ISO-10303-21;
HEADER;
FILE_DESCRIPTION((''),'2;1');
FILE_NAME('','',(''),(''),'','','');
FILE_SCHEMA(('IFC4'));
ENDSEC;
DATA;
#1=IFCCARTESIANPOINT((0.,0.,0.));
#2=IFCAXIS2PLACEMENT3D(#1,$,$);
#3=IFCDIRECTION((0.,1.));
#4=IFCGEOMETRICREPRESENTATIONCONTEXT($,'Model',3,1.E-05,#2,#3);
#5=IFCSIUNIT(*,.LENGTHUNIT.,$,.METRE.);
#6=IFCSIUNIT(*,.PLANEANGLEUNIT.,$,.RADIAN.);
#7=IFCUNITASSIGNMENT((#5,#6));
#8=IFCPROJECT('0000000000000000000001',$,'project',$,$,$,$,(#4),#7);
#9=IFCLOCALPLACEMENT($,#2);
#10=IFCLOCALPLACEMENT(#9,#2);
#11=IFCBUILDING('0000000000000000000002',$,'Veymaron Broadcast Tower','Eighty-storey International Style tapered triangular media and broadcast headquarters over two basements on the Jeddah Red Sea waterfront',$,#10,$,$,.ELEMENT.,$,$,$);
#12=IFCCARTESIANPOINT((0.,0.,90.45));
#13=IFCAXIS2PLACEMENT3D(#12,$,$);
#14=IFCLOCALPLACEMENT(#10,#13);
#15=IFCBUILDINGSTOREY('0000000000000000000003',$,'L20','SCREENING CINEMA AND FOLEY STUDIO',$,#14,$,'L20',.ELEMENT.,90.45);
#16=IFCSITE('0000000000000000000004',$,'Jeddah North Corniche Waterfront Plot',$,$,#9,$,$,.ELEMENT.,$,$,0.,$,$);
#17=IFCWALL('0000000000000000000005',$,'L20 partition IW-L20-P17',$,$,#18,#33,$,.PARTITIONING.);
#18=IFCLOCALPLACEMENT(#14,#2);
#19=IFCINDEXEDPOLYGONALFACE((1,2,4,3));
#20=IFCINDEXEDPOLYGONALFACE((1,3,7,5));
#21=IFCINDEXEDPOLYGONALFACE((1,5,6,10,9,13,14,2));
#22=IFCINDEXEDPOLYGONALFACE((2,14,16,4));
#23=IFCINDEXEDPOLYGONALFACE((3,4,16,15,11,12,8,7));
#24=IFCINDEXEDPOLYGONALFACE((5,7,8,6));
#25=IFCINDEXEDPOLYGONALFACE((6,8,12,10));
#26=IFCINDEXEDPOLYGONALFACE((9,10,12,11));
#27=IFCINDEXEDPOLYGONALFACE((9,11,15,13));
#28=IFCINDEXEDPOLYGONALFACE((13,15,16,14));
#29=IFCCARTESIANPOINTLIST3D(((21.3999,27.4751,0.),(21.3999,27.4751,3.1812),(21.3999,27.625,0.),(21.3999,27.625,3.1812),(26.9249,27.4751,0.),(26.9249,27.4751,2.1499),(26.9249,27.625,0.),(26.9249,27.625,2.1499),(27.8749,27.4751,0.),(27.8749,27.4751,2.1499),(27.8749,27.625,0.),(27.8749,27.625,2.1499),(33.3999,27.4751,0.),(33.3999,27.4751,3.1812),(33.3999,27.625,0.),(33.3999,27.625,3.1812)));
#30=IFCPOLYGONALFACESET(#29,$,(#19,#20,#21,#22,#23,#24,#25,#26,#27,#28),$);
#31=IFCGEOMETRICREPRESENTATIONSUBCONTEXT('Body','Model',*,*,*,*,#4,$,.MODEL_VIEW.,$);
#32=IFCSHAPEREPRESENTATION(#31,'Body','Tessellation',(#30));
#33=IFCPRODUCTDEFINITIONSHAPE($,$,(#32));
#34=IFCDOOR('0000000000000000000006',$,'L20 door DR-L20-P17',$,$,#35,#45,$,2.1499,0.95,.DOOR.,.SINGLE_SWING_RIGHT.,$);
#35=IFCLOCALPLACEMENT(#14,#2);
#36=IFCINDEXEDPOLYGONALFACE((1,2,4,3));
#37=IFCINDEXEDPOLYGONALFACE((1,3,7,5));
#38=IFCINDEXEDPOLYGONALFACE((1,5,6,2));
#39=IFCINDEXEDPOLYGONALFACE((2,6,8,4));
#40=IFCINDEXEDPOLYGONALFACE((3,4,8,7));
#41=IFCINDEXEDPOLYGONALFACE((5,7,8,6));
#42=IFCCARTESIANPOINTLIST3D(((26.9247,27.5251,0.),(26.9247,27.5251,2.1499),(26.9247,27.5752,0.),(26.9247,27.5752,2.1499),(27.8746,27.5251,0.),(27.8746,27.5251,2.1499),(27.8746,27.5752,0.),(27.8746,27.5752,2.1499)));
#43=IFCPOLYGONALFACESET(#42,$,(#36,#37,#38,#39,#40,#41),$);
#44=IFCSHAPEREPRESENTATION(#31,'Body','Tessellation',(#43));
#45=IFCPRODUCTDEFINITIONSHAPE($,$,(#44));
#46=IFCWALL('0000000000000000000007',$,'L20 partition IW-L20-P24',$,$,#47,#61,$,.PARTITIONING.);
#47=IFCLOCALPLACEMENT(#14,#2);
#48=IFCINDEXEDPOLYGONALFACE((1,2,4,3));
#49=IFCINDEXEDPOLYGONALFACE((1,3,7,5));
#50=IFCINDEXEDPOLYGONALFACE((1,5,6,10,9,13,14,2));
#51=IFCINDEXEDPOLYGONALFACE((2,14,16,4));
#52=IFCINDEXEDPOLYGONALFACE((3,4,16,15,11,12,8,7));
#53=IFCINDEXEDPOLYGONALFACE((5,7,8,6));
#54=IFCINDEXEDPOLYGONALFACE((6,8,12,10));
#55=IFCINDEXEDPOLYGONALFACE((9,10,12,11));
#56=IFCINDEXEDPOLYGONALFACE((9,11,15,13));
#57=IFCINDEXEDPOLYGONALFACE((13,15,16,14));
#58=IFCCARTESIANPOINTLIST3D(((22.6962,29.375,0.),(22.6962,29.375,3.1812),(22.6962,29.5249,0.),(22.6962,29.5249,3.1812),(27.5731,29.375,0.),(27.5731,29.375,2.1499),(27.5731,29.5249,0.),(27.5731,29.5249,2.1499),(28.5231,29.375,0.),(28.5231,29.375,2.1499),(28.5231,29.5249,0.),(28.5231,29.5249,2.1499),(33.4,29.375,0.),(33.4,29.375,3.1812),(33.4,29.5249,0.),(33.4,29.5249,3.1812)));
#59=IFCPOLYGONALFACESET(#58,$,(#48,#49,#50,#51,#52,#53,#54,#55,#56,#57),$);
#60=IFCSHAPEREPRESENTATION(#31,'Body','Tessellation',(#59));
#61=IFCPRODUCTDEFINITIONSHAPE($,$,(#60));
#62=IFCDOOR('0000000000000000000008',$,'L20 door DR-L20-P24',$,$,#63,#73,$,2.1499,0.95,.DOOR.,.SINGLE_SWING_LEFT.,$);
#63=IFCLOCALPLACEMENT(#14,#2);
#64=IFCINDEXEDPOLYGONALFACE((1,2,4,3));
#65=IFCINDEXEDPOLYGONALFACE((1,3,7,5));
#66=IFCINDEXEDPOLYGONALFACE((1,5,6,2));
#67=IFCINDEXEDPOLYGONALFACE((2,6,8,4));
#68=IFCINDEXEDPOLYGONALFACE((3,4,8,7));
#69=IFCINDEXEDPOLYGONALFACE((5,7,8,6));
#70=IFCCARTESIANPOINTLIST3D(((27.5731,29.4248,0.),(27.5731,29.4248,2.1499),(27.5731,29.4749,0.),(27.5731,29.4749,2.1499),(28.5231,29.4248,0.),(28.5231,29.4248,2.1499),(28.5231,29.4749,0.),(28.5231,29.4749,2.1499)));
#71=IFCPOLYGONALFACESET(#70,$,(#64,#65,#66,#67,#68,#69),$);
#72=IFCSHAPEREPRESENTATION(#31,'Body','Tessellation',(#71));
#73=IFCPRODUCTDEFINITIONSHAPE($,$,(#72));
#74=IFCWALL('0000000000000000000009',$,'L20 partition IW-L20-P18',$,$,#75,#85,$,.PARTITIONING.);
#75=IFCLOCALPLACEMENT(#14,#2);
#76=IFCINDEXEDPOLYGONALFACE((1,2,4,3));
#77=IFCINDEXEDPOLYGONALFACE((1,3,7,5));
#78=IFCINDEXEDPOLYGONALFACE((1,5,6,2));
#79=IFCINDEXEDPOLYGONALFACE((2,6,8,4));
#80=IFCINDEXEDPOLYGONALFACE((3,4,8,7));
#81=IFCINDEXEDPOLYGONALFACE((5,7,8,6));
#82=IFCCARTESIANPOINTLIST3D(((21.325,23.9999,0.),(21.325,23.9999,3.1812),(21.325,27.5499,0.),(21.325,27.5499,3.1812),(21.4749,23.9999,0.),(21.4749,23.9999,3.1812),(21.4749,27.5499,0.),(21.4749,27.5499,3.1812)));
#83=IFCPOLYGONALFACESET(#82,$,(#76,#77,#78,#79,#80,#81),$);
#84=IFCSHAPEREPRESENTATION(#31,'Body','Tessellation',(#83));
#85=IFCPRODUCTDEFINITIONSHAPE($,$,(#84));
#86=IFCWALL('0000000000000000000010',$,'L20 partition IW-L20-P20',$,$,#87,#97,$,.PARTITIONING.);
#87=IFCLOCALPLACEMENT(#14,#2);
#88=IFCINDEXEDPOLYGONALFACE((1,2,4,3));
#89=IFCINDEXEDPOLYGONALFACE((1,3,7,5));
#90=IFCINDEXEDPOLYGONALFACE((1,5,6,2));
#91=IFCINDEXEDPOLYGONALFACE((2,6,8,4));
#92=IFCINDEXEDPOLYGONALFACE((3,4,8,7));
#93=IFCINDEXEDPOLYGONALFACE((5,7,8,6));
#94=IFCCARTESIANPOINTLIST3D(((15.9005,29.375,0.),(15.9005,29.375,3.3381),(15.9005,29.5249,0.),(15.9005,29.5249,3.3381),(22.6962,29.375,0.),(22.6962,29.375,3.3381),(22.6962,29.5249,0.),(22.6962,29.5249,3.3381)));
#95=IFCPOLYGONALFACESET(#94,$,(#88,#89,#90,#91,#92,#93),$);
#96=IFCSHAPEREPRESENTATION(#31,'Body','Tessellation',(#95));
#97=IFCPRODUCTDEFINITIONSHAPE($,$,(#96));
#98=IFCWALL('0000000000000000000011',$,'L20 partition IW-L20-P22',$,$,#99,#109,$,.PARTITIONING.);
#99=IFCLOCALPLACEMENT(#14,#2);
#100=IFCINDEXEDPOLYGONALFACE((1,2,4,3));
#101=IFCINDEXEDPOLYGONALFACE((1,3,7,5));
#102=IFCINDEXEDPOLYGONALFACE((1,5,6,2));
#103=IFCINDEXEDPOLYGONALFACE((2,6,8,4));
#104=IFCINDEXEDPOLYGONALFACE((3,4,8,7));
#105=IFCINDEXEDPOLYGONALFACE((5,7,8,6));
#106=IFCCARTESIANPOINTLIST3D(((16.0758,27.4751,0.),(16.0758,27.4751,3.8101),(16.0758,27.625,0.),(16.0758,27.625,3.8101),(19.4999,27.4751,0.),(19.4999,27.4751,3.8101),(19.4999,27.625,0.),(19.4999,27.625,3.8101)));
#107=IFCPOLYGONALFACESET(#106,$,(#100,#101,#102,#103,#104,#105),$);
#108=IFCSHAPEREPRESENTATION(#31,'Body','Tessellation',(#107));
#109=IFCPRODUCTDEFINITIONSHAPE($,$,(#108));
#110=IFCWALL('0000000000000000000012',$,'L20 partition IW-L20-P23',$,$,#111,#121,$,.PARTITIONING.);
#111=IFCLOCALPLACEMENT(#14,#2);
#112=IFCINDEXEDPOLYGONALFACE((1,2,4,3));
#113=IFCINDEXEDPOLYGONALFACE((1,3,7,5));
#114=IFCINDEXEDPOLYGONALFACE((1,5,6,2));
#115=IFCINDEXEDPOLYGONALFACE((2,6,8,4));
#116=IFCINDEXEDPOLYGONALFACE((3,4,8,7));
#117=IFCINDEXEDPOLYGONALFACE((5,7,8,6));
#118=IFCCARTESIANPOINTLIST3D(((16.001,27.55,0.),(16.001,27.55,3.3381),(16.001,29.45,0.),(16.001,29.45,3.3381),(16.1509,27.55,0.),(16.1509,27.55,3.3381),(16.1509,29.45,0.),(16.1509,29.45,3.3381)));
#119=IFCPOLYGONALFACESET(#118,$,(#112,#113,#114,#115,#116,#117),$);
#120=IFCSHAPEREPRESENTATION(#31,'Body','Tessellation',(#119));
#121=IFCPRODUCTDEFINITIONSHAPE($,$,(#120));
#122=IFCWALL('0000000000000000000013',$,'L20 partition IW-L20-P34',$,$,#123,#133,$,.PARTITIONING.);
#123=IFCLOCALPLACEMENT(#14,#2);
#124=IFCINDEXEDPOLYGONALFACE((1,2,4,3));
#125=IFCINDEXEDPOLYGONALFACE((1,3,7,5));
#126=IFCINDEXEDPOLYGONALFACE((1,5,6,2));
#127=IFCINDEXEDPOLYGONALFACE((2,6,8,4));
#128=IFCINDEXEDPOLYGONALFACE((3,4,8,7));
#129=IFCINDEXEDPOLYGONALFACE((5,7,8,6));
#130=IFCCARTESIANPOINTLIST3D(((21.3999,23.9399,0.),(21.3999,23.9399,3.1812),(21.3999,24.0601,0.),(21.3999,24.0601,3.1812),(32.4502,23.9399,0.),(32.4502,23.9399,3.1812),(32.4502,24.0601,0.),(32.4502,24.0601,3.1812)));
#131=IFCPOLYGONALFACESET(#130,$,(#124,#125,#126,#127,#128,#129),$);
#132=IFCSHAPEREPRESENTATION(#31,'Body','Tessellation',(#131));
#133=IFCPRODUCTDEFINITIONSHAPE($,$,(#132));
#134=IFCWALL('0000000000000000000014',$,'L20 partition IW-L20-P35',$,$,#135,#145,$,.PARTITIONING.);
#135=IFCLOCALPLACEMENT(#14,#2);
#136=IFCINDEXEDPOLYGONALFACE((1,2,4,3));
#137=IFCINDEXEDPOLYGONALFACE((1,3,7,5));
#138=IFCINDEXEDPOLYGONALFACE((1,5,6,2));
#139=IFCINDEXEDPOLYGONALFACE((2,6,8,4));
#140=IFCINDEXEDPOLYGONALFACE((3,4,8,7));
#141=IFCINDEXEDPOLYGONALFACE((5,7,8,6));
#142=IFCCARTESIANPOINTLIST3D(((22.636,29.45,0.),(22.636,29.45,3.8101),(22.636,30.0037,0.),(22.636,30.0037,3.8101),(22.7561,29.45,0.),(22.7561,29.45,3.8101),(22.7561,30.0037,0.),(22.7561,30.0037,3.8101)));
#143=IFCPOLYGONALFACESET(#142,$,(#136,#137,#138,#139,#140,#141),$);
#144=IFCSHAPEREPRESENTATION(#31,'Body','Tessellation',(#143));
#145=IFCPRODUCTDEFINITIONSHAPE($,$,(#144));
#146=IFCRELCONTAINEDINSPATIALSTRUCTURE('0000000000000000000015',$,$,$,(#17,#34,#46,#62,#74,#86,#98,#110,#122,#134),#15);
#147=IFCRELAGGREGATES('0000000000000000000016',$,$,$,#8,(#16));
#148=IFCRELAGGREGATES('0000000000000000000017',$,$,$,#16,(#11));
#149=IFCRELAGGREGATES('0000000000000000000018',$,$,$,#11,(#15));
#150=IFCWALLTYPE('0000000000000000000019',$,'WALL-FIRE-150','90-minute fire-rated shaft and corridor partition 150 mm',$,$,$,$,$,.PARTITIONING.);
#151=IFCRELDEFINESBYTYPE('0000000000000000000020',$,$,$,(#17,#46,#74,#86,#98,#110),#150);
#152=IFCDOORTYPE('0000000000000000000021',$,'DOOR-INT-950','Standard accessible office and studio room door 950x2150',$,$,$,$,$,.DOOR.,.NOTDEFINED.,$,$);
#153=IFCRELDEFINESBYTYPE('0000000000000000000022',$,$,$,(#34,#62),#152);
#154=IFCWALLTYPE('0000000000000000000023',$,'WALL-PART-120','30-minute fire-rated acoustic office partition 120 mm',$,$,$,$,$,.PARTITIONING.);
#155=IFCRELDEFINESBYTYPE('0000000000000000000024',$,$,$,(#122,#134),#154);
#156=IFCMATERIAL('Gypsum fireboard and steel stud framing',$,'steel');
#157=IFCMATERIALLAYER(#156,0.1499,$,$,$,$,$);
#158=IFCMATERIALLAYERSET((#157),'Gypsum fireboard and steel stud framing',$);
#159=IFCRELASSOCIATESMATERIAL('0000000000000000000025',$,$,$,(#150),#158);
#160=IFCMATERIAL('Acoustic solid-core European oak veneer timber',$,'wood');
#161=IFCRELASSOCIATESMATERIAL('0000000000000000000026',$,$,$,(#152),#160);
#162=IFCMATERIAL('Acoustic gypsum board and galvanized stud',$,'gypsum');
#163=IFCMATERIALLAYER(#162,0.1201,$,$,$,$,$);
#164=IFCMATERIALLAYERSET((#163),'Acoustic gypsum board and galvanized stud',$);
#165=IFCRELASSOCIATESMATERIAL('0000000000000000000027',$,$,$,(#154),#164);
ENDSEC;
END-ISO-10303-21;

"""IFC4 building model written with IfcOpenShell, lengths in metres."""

from ifc_helpers import new_model, si_unit, direction, frame, frame_2d, origin, place, context, subcontext, project, spatial, rectangle, extrude, material, layer, layer_set, type_object, element, fill, save


model = new_model("IFC4")

# Units and contexts
model_context = context("Model", 3, precision=1e-05, world=origin(), true_north=direction((0.0, 1.0)))
body_context = subcontext(model_context, "Body", "Model", "MODEL_VIEW")
ifc_project = project(units=[si_unit("LENGTHUNIT", "METRE"), si_unit("PLANEANGLEUNIT", "RADIAN")], contexts=[model_context])

# Site, building, storey
site_placement = place(None, origin())
site = spatial("IfcSite", under=ifc_project, at=site_placement, Name="Jeddah North Corniche Waterfront Plot", CompositionType="ELEMENT", RefElevation=0.0)
building_placement = place(site_placement, origin())
building = spatial("IfcBuilding", under=site, at=building_placement, Name="Veymaron Broadcast Tower", Description="Eighty-storey International Style tapered triangular media and broadcast headquarters over two basements on the Jeddah Red Sea waterfront", CompositionType="ELEMENT")
storey_placement = place(building_placement, frame((0.0, 0.0, 90.45)))
storey = spatial("IfcBuildingStorey", under=building, at=storey_placement, Name="L20", Description="SCREENING CINEMA AND FOLEY STUDIO", LongName="L20", CompositionType="ELEMENT", Elevation=90.45)

# Walls, openings, doors
ifc_material_1 = material(Name="Gypsum fireboard and steel stud framing", Category="steel")
ifc_layer_1 = layer(ifc_material_1, 0.1499)
ifc_layer_set_1 = layer_set([ifc_layer_1], Name="Gypsum fireboard and steel stud framing")
wall_type_1 = type_object("IfcWallType", Name="WALL-FIRE-150", Description="90-minute fire-rated shaft and corridor partition 150 mm", PredefinedType="PARTITIONING", material=ifc_layer_set_1)
wall_1_placement = place(storey_placement, frame((21.3999, 27.55, 0.0), z_axis=(0.0, 0.0, 1.0), x_axis=(1.0, 0.0, 0.0)))
wall_1 = element("IfcWall", 1, at=wall_1_placement, inside=storey, type_object=wall_type_1, Name="L20 partition IW-L20-P17", PredefinedType="PARTITIONING", context=body_context, shape_type="SweptSolid", body=[
    extrude(rectangle(XDim=12.0, YDim=0.1499, at=frame_2d((6.0, 0.0))), origin(), (0.0, 0.0, 1.0), 3.1812),
])
opening_1_placement = place(wall_1_placement, frame((5.5249, 0.0, 0.0)))
opening_1 = element("IfcOpeningElement", 2, at=opening_1_placement, cuts=wall_1, PredefinedType="OPENING", context=body_context, shape_type="SweptSolid", body=[
    extrude(rectangle(XDim=0.95, YDim=2.1499, at=frame_2d((0.4751, 1.075))), frame((0.0, 0.085, 0.0), z_axis=(0.0, -1.0, 0.0), x_axis=(1.0, 0.0, 0.0)), (0.0, 0.0, 1.0), 0.1699),
])
ifc_material_2 = material(Name="Acoustic solid-core European oak veneer timber", Category="wood")
door_type_1 = type_object("IfcDoorType", Name="DOOR-INT-950", Description="Standard accessible office and studio room door 950x2150", OperationType="NOTDEFINED", PredefinedType="DOOR", material=ifc_material_2)
door_1_placement = place(opening_1_placement, frame((0.95, 0.0, 0.0), z_axis=(0.0, 0.0, 1.0), x_axis=(-1.0, 0.0, 0.0)))
door_1 = element("IfcDoor", 3, at=door_1_placement, inside=storey, type_object=door_type_1, Name="L20 door DR-L20-P17", OperationType="SINGLE_SWING_RIGHT", OverallHeight=2.1499, OverallWidth=0.95, PredefinedType="DOOR", context=body_context, shape_type="SweptSolid", body=[
    extrude(rectangle(XDim=0.95, YDim=2.1499, at=frame_2d((0.4751, 1.075))), frame((0.0, 0.0249, 0.0), z_axis=(0.0, -1.0, 0.0), x_axis=(1.0, 0.0, 0.0)), (0.0, 0.0, 1.0), 0.05),
])
fill(opening_1, door_1)
wall_2_placement = place(storey_placement, frame((22.696, 29.45, 0.0), z_axis=(0.0, 0.0, 1.0), x_axis=(1.0, 0.0, 0.0)))
wall_2 = element("IfcWall", 4, at=wall_2_placement, inside=storey, type_object=wall_type_1, Name="L20 partition IW-L20-P24", PredefinedType="PARTITIONING", context=body_context, shape_type="SweptSolid", body=[
    extrude(rectangle(XDim=10.7039, YDim=0.1499, at=frame_2d((5.3521, 0.0))), origin(), (0.0, 0.0, 1.0), 3.1812),
])
opening_2_placement = place(wall_2_placement, frame((4.877, 0.0, 0.0)))
opening_2 = element("IfcOpeningElement", 5, at=opening_2_placement, cuts=wall_2, PredefinedType="OPENING", context=body_context, shape_type="SweptSolid", body=[
    extrude(rectangle(XDim=0.95, YDim=2.1499, at=frame_2d((0.4751, 1.075))), frame((0.0, 0.085, 0.0), z_axis=(0.0, -1.0, 0.0), x_axis=(1.0, 0.0, 0.0)), (0.0, 0.0, 1.0), 0.1699),
])
door_2_placement = place(opening_2_placement, origin())
door_2 = element("IfcDoor", 6, at=door_2_placement, inside=storey, type_object=door_type_1, Name="L20 door DR-L20-P24", OperationType="SINGLE_SWING_LEFT", OverallHeight=2.1499, OverallWidth=0.95, PredefinedType="DOOR", context=body_context, shape_type="SweptSolid", body=[
    extrude(rectangle(XDim=0.95, YDim=2.1499, at=frame_2d((0.4751, 1.075))), frame((0.0, 0.0249, 0.0), z_axis=(0.0, -1.0, 0.0), x_axis=(1.0, 0.0, 0.0)), (0.0, 0.0, 1.0), 0.05),
])
fill(opening_2, door_2)

# Walls
wall_3_placement = place(storey_placement, frame((21.3999, 24.0, 0.0), z_axis=(0.0, 0.0, 1.0), x_axis=(0.0, 1.0, 0.0)))
element("IfcWall", 7, at=wall_3_placement, inside=storey, type_object=wall_type_1, Name="L20 partition IW-L20-P18", PredefinedType="PARTITIONING", context=body_context, shape_type="SweptSolid", body=[
    extrude(rectangle(XDim=3.55, YDim=0.1499, at=frame_2d((1.7749, 0.0))), origin(), (0.0, 0.0, 1.0), 3.1812),
])
wall_4_placement = place(storey_placement, frame((15.9004, 29.45, 0.0), z_axis=(0.0, 0.0, 1.0), x_axis=(1.0, 0.0, 0.0)))
element("IfcWall", 8, at=wall_4_placement, inside=storey, type_object=wall_type_1, Name="L20 partition IW-L20-P20", PredefinedType="PARTITIONING", context=body_context, shape_type="SweptSolid", body=[
    extrude(rectangle(XDim=6.7957, YDim=0.1499, at=frame_2d((3.3979, 0.0))), origin(), (0.0, 0.0, 1.0), 3.3381),
])
wall_5_placement = place(storey_placement, frame((16.0759, 27.55, 0.0), z_axis=(0.0, 0.0, 1.0), x_axis=(1.0, 0.0, 0.0)))
element("IfcWall", 9, at=wall_5_placement, inside=storey, type_object=wall_type_1, Name="L20 partition IW-L20-P22", PredefinedType="PARTITIONING", context=body_context, shape_type="SweptSolid", body=[
    extrude(rectangle(XDim=3.4241, YDim=0.1499, at=frame_2d((1.7119, 0.0))), origin(), (0.0, 0.0, 1.0), 3.8101),
])
wall_6_placement = place(storey_placement, frame((16.0759, 27.55, 0.0), z_axis=(0.0, 0.0, 1.0), x_axis=(0.0, 1.0, 0.0)))
element("IfcWall", 10, at=wall_6_placement, inside=storey, type_object=wall_type_1, Name="L20 partition IW-L20-P23", PredefinedType="PARTITIONING", context=body_context, shape_type="SweptSolid", body=[
    extrude(rectangle(XDim=1.8999, YDim=0.1499, at=frame_2d((0.95, 0.0))), origin(), (0.0, 0.0, 1.0), 3.3381),
])
ifc_material_3 = material(Name="Acoustic gypsum board and galvanized stud", Category="gypsum")
ifc_layer_2 = layer(ifc_material_3, 0.1201)
ifc_layer_set_2 = layer_set([ifc_layer_2], Name="Acoustic gypsum board and galvanized stud")
wall_type_2 = type_object("IfcWallType", Name="WALL-PART-120", Description="30-minute fire-rated acoustic office partition 120 mm", PredefinedType="PARTITIONING", material=ifc_layer_set_2)
wall_7_placement = place(storey_placement, frame((21.3999, 24.0, 0.0), z_axis=(0.0, 0.0, 1.0), x_axis=(1.0, 0.0, 0.0)))
element("IfcWall", 11, at=wall_7_placement, inside=storey, type_object=wall_type_2, Name="L20 partition IW-L20-P34", PredefinedType="PARTITIONING", context=body_context, shape_type="SweptSolid", body=[
    extrude(rectangle(XDim=11.0503, YDim=0.1201, at=frame_2d((5.5251, 0.0))), origin(), (0.0, 0.0, 1.0), 3.1812),
])
wall_8_placement = place(storey_placement, frame((22.696, 29.45, 0.0), z_axis=(0.0, 0.0, 1.0), x_axis=(0.0, 1.0, 0.0)))
element("IfcWall", 12, at=wall_8_placement, inside=storey, type_object=wall_type_2, Name="L20 partition IW-L20-P35", PredefinedType="PARTITIONING", context=body_context, shape_type="SweptSolid", body=[
    extrude(rectangle(XDim=0.5537, YDim=0.1201, at=frame_2d((0.2769, 0.0))), origin(), (0.0, 0.0, 1.0), 3.8101),
])

save(model, "model.ifc")
